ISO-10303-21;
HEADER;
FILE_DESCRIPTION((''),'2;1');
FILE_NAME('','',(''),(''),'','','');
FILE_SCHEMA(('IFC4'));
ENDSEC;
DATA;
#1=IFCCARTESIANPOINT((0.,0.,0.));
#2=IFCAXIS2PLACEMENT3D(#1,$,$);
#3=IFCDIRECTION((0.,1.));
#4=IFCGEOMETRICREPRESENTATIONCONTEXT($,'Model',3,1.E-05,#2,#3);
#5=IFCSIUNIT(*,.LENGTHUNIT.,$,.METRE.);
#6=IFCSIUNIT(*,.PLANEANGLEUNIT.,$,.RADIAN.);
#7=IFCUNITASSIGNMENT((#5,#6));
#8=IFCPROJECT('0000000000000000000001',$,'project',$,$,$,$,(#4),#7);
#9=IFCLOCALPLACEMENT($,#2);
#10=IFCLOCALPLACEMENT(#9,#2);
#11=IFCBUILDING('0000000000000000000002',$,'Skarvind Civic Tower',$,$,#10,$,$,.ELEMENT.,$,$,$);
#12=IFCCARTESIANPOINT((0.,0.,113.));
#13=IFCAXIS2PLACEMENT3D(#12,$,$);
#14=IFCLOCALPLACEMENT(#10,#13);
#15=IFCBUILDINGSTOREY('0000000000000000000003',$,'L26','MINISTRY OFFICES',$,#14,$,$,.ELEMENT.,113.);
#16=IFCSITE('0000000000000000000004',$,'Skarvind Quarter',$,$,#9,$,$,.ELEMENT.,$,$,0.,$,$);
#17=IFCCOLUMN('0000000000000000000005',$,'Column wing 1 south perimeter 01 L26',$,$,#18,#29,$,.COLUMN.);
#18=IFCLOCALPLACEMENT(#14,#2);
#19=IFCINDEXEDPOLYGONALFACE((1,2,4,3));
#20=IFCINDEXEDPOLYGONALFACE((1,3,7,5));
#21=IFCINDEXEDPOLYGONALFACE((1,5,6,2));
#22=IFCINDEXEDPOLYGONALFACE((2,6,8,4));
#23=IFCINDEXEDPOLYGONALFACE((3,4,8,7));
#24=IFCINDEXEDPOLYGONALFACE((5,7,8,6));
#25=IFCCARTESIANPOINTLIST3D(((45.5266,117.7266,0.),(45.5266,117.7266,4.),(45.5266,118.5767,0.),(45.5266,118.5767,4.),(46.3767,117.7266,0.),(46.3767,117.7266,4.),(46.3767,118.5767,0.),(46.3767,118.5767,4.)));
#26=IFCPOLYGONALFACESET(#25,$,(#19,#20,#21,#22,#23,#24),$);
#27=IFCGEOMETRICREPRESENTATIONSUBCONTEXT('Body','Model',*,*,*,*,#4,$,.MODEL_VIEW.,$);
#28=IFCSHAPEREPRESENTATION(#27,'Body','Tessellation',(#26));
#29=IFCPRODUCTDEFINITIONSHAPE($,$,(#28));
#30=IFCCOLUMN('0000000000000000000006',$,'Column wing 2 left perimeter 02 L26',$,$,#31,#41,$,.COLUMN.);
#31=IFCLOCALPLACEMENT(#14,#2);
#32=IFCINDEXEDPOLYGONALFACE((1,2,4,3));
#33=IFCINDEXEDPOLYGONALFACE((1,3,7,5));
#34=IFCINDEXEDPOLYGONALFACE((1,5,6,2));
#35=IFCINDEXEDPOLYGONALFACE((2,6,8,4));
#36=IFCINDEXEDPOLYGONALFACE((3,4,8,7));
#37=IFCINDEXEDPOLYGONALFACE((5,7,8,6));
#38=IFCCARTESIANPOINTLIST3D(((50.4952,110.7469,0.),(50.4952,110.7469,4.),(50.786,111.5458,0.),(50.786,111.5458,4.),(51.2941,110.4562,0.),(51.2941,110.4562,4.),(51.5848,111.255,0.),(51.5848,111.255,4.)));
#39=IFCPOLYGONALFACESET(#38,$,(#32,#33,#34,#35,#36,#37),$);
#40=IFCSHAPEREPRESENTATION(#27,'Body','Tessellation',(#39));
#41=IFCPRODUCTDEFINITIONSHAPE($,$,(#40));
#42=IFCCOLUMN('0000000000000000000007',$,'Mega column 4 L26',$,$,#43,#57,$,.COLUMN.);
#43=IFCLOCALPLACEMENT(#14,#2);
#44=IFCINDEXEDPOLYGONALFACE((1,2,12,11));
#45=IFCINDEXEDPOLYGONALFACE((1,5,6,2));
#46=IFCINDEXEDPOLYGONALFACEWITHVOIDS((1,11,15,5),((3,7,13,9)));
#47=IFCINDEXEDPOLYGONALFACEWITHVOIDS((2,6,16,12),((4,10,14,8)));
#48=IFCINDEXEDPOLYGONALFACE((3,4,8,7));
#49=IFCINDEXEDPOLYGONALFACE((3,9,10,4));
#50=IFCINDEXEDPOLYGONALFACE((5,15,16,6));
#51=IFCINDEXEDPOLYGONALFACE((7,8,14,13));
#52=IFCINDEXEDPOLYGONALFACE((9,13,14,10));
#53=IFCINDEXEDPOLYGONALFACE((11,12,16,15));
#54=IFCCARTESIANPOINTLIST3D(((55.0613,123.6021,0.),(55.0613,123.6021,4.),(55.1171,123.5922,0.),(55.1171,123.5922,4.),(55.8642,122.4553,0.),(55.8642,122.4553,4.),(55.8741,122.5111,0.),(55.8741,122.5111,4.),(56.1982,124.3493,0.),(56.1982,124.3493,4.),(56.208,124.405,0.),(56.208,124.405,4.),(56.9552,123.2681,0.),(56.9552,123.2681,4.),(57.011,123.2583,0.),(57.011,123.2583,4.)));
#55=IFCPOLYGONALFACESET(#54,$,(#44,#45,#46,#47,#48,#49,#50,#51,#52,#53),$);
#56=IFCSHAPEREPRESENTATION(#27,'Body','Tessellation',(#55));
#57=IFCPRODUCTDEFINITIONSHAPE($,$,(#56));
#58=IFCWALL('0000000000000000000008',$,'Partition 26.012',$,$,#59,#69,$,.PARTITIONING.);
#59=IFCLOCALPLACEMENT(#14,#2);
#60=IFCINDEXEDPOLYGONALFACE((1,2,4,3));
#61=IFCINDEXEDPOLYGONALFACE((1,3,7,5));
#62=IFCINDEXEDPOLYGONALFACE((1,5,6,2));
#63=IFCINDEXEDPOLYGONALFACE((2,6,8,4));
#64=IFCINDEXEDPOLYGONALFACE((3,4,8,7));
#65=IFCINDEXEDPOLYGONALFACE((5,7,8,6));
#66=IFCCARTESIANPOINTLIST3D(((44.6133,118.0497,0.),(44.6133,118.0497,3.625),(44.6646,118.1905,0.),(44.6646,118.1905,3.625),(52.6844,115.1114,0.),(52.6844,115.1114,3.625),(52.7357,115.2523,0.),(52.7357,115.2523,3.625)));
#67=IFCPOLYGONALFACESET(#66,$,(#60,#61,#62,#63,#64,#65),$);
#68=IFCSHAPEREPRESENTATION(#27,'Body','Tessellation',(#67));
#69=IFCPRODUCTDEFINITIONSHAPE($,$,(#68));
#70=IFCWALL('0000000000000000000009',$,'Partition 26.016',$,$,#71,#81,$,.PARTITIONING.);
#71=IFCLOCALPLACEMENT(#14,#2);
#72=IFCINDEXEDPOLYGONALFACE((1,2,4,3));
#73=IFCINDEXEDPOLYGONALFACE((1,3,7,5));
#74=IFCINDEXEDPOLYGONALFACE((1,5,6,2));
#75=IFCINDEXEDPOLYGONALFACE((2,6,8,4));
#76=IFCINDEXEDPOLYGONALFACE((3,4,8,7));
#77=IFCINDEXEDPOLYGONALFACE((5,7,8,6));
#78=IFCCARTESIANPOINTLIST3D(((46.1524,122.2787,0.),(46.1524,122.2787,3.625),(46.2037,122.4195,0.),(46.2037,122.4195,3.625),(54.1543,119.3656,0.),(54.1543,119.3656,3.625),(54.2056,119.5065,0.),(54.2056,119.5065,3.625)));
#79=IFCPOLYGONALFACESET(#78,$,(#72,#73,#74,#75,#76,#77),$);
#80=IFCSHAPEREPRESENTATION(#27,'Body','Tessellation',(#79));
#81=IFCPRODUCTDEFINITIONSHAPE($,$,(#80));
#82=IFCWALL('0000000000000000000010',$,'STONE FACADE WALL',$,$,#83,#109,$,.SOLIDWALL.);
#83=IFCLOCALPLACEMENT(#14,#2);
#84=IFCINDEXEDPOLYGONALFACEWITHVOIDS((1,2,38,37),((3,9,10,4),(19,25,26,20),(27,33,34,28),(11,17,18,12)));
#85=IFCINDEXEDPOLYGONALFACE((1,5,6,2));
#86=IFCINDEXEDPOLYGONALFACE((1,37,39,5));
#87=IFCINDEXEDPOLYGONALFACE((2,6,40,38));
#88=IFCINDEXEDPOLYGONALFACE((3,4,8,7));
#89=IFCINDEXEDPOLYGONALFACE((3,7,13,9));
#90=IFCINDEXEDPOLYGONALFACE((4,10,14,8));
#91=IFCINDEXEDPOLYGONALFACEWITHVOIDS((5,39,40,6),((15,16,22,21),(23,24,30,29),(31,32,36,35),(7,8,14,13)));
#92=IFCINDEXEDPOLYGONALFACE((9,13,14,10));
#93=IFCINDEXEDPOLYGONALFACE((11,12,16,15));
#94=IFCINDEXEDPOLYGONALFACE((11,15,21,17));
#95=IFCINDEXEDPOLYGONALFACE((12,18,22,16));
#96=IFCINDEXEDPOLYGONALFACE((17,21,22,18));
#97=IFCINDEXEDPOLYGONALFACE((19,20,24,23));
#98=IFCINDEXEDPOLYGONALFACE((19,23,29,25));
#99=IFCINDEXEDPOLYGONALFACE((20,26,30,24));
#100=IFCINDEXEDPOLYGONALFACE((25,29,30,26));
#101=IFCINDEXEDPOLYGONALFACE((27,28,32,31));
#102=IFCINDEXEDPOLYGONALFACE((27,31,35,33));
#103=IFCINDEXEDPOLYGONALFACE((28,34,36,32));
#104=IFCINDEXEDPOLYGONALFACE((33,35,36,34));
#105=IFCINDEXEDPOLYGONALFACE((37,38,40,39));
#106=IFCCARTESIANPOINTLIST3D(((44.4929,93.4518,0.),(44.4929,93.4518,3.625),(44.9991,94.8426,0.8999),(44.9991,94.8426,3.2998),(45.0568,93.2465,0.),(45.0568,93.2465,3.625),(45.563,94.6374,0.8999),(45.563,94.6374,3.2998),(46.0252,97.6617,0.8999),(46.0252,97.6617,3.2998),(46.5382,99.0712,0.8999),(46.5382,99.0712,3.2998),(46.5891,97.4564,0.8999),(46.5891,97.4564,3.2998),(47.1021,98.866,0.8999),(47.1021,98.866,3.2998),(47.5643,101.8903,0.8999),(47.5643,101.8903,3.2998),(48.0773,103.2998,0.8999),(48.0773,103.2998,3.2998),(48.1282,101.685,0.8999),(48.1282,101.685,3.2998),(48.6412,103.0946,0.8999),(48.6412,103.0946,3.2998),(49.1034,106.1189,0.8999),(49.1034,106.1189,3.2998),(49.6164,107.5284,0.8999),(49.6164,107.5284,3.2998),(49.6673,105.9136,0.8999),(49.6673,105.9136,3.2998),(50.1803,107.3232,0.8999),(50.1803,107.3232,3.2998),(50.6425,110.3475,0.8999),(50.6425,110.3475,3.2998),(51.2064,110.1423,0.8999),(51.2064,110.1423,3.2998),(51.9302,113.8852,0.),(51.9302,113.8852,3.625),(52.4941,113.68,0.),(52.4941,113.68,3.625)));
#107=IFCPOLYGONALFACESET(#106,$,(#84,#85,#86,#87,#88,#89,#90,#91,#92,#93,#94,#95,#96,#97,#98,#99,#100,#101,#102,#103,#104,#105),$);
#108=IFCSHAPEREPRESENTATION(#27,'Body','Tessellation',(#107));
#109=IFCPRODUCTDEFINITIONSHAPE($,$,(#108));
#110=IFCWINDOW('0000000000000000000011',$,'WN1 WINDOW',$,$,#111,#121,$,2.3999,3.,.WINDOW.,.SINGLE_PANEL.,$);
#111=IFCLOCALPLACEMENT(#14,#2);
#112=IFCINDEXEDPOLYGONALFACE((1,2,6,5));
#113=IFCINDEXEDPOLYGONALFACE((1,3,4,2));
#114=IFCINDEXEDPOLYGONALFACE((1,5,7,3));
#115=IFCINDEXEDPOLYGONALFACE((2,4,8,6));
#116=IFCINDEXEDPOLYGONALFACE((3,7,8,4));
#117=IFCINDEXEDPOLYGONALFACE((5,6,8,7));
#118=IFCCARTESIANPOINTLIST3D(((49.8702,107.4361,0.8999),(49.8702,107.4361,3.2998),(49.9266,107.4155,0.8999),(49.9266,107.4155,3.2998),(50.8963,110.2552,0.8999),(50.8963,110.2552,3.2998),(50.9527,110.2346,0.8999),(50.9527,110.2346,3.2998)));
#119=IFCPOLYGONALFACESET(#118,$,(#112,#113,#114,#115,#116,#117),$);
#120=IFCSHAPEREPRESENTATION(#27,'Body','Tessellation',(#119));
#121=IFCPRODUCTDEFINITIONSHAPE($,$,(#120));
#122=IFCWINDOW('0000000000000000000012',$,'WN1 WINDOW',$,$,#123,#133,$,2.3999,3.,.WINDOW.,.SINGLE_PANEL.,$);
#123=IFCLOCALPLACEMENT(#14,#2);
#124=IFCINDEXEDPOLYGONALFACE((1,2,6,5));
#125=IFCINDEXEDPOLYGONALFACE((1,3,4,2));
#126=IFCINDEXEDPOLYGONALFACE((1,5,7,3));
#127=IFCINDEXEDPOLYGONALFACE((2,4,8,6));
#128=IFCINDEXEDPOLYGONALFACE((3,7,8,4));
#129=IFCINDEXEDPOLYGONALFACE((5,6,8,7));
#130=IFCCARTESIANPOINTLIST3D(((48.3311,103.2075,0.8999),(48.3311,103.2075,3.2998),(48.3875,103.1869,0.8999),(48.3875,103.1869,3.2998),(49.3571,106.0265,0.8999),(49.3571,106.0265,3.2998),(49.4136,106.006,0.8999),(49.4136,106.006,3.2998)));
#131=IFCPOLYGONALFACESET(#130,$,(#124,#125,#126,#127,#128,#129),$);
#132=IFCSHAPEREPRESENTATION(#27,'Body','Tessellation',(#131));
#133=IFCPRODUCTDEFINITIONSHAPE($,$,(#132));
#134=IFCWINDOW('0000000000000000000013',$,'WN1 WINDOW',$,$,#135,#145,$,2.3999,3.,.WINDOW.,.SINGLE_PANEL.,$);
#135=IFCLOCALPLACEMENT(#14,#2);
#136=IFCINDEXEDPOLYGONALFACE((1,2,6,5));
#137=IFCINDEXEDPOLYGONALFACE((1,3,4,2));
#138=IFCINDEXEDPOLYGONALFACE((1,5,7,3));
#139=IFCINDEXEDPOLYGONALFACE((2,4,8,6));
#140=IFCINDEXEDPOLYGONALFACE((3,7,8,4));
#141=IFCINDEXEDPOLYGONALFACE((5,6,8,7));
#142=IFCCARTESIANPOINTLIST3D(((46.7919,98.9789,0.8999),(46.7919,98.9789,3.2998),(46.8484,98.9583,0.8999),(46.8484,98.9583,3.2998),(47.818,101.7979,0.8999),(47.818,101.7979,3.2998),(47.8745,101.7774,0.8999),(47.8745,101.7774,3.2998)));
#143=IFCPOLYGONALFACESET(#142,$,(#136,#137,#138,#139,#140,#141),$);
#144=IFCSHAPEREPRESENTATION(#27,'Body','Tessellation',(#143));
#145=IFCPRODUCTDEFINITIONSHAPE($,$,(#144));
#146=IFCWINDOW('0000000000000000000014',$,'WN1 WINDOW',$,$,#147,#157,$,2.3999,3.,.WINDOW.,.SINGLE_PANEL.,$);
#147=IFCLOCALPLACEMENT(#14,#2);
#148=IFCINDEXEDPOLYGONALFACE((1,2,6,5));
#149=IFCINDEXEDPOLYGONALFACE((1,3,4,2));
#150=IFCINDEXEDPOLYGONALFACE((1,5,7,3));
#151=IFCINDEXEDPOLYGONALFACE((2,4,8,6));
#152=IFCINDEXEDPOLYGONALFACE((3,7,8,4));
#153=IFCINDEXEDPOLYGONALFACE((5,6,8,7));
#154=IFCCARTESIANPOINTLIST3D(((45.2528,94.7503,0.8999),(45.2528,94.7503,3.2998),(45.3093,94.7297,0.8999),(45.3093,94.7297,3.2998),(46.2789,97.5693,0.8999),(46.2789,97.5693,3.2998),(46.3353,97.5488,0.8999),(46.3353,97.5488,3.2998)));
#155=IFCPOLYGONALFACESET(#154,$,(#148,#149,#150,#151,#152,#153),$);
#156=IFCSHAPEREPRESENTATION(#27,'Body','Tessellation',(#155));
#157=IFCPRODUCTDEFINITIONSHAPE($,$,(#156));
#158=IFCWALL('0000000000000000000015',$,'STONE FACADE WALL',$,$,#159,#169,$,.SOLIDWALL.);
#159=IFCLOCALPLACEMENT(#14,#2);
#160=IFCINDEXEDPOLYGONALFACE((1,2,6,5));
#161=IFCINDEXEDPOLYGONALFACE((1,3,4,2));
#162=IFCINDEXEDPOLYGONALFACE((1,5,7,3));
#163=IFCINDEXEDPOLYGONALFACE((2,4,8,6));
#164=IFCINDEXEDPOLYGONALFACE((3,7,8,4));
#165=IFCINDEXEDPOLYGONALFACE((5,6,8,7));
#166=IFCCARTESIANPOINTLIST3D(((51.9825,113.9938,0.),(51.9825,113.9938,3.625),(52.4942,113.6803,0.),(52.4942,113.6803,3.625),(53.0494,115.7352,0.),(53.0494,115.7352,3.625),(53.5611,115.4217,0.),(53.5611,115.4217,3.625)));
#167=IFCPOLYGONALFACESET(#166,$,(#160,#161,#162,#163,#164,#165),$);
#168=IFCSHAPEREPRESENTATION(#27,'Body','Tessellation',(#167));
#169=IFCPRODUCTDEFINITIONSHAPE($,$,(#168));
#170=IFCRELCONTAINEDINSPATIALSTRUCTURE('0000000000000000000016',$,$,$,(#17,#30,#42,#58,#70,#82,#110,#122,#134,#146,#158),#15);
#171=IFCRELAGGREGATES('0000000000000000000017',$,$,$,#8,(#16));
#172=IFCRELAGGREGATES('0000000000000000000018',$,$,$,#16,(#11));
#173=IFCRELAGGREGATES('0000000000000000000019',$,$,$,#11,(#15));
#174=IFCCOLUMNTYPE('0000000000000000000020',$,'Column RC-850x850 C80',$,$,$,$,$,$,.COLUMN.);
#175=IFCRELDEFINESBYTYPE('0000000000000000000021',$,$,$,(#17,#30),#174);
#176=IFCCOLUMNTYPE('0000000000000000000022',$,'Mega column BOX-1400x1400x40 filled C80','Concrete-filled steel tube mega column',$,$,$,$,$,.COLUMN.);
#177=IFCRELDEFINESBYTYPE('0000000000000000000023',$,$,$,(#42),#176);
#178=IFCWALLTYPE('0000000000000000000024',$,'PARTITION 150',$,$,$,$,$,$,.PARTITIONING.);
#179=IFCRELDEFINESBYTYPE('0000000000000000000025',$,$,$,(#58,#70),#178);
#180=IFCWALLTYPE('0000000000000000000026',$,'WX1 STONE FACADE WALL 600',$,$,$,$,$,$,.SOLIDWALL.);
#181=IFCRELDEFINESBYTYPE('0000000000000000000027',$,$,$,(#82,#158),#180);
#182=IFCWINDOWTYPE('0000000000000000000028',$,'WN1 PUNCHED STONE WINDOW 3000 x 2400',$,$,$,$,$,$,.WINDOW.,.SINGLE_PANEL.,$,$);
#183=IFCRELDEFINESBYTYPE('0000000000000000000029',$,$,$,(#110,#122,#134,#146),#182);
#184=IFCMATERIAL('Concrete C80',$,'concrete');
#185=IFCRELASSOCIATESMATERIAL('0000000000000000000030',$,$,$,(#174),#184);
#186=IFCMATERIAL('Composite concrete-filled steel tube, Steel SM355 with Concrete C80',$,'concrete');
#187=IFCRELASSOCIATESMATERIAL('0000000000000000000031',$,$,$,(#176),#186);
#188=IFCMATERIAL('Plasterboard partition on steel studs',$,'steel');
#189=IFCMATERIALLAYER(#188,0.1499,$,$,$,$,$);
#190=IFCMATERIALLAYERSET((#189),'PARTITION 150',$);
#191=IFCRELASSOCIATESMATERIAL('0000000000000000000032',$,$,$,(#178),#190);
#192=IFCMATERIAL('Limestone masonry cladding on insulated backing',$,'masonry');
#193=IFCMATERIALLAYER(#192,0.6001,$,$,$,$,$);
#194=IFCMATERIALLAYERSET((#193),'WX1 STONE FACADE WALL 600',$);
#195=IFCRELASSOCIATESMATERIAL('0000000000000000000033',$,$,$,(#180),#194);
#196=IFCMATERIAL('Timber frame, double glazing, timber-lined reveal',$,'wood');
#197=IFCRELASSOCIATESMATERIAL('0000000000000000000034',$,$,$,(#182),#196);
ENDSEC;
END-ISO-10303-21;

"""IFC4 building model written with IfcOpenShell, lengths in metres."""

from ifc_helpers import new_model, si_unit, direction, frame, frame_2d, origin, origin_2d, place, context, subcontext, project, spatial, rectangle, hollow_rectangle, extrude, material, layer, layer_set, material_profile, profile_set, type_object, element, fill, save


model = new_model("IFC4")

# Units and contexts
model_context = context("Model", 3, precision=1e-05, world=origin(), true_north=direction((0.0, 1.0)))
body_context = subcontext(model_context, "Body", "Model", "MODEL_VIEW")
ifc_project = project(units=[si_unit("LENGTHUNIT", "METRE"), si_unit("PLANEANGLEUNIT", "RADIAN")], contexts=[model_context])

# Site, building, storey
site_placement = place(None, origin())
site = spatial("IfcSite", under=ifc_project, at=site_placement, Name="Skarvind Quarter", CompositionType="ELEMENT", RefElevation=0.0)
building_placement = place(site_placement, origin())
building = spatial("IfcBuilding", under=site, at=building_placement, Name="Skarvind Civic Tower", CompositionType="ELEMENT")
storey_placement = place(building_placement, frame((0.0, 0.0, 113.0)))
storey = spatial("IfcBuildingStorey", under=building, at=storey_placement, Name="L26", Description="MINISTRY OFFICES", CompositionType="ELEMENT", Elevation=113.0)

# Columns
ifc_material_1 = material(Name="Concrete C80", Category="concrete")
ifc_material_profile_1 = material_profile(ifc_material_1, rectangle(XDim=0.8501, YDim=0.8501, at=origin_2d()), Name="RC-850x850")
ifc_profile_set_1 = profile_set([ifc_material_profile_1], Name="Concrete C80")
column_type_1 = type_object("IfcColumnType", Name="Column RC-850x850 C80", PredefinedType="COLUMN", material=ifc_profile_set_1)
for number, where, z_axis, x_axis, name in (
    (1, (45.9517, 118.1516, 0.0), (0.0, 0.0, 1.0), (1.0, 0.0, 0.0), "Column wing 1 south perimeter 01 L26"),
    (2, (51.04, 111.001, 0.0), (0.0, 0.0, 1.0), (-0.34202, -0.939693, 0.0), "Column wing 2 left perimeter 02 L26"),
):
    element("IfcColumn", number, at=place(storey_placement, frame(where, z_axis=z_axis, x_axis=x_axis)), inside=storey, type_object=column_type_1, Name=name, PredefinedType="COLUMN", context=body_context, shape_type="SweptSolid", body=[
        extrude(rectangle(XDim=0.8501, YDim=0.8501, at=origin_2d()), origin(), (0.0, 0.0, 1.0), 4.0),
    ])
ifc_material_2 = material(Name="Composite concrete-filled steel tube, Steel SM355 with Concrete C80", Category="concrete")
ifc_material_profile_2 = material_profile(ifc_material_2, hollow_rectangle(XDim=1.3999, YDim=1.3999, WallThickness=0.04, at=origin_2d()), Name="BOX-1400x1400x40")
ifc_profile_set_2 = profile_set([ifc_material_profile_2], Name="Composite concrete-filled steel tube, Steel SM355 with Concrete C80")
column_type_2 = type_object("IfcColumnType", Name="Mega column BOX-1400x1400x40 filled C80", Description="Concrete-filled steel tube mega column", PredefinedType="COLUMN", material=ifc_profile_set_2)
column_placement = place(storey_placement, frame((56.0361, 123.4302, 0.0), z_axis=(0.0, 0.0, 1.0), x_axis=(0.573576, -0.819152, 0.0)))
element("IfcColumn", 3, at=column_placement, inside=storey, type_object=column_type_2, Name="Mega column 4 L26", PredefinedType="COLUMN", context=body_context, shape_type="SweptSolid", body=[
    extrude(hollow_rectangle(XDim=1.3999, YDim=1.3999, WallThickness=0.04, at=origin_2d()), origin(), (0.0, 0.0, 1.0), 4.0),
])

# Walls
ifc_material_3 = material(Name="Plasterboard partition on steel studs", Category="steel")
ifc_layer_1 = layer(ifc_material_3, 0.1499)
ifc_layer_set_1 = layer_set([ifc_layer_1], Name="PARTITION 150")
wall_type_1 = type_object("IfcWallType", Name="PARTITION 150", PredefinedType="PARTITIONING", material=ifc_layer_set_1)
wall_1_placement = place(storey_placement, frame((44.6389, 118.1201, 0.0), z_axis=(0.0, 0.0, 1.0), x_axis=(0.93967, -0.342083, 0.0)))
element("IfcWall", 4, at=wall_1_placement, inside=storey, type_object=wall_type_1, Name="Partition 26.012", PredefinedType="PARTITIONING", context=body_context, shape_type="SweptSolid", body=[
    extrude(rectangle(XDim=8.5894, YDim=0.1499, at=frame_2d((4.2947, 0.0))), origin(), (0.0, 0.0, 1.0), 3.625),
])
wall_2_placement = place(storey_placement, frame((54.1799, 119.436, 0.0), z_axis=(0.0, 0.0, 1.0), x_axis=(-0.939669, 0.342084, 0.0)))
element("IfcWall", 5, at=wall_2_placement, inside=storey, type_object=wall_type_1, Name="Partition 26.016", PredefinedType="PARTITIONING", context=body_context, shape_type="SweptSolid", body=[
    extrude(rectangle(XDim=8.5156, YDim=0.1499, at=frame_2d((4.2578, 0.0))), origin(), (0.0, 0.0, 1.0), 3.625),
])

# Wall, openings, windows
ifc_material_4 = material(Name="Limestone masonry cladding on insulated backing", Category="masonry")
ifc_layer_2 = layer(ifc_material_4, 0.6001)
ifc_layer_set_2 = layer_set([ifc_layer_2], Name="WX1 STONE FACADE WALL 600")
wall_type_2 = type_object("IfcWallType", Name="WX1 STONE FACADE WALL 600", PredefinedType="SOLIDWALL", material=ifc_layer_set_2)
wall_3_placement = place(storey_placement, frame((52.2122, 113.7827, 0.0), z_axis=(0.0, 0.0, 1.0), x_axis=(-0.342025, -0.939691, 0.0)))
wall_3 = element("IfcWall", 6, at=wall_3_placement, inside=storey, type_object=wall_type_2, Name="STONE FACADE WALL", PredefinedType="SOLIDWALL", context=body_context, shape_type="SweptSolid", body=[
    extrude(rectangle(XDim=21.7449, YDim=0.6001, at=frame_2d((10.8726, 0.0))), origin(), (0.0, 0.0, 1.0), 3.625),
])
opening_1_placement = place(wall_3_placement, frame((3.7649, 0.0, 0.8999)))
opening_1 = element("IfcOpeningElement", 7, at=opening_1_placement, cuts=wall_3, PredefinedType="OPENING", context=body_context, shape_type="SweptSolid", body=[
    extrude(rectangle(XDim=3.0, YDim=2.3999, at=frame_2d((1.5, 1.2))), frame((0.0, 0.3101, 0.0), z_axis=(0.0, -1.0, 0.0), x_axis=(1.0, 0.0, 0.0)), (0.0, 0.0, 1.0), 0.6201),
])
opening_2_placement = place(wall_3_placement, frame((8.2649, 0.0, 0.8999)))
opening_2 = element("IfcOpeningElement", 8, at=opening_2_placement, cuts=wall_3, PredefinedType="OPENING", context=body_context, shape_type="SweptSolid", body=[
    extrude(rectangle(XDim=3.0, YDim=2.3999, at=frame_2d((1.5, 1.2))), frame((0.0, 0.3101, 0.0), z_axis=(0.0, -1.0, 0.0), x_axis=(1.0, 0.0, 0.0)), (0.0, 0.0, 1.0), 0.6201),
])
opening_3_placement = place(wall_3_placement, frame((12.7649, 0.0, 0.8999)))
opening_3 = element("IfcOpeningElement", 9, at=opening_3_placement, cuts=wall_3, PredefinedType="OPENING", context=body_context, shape_type="SweptSolid", body=[
    extrude(rectangle(XDim=3.0, YDim=2.3999, at=frame_2d((1.5, 1.2))), frame((0.0, 0.3101, 0.0), z_axis=(0.0, -1.0, 0.0), x_axis=(1.0, 0.0, 0.0)), (0.0, 0.0, 1.0), 0.6201),
])
opening_4_placement = place(wall_3_placement, frame((17.2649, 0.0, 0.8999)))
opening_4 = element("IfcOpeningElement", 10, at=opening_4_placement, cuts=wall_3, PredefinedType="OPENING", context=body_context, shape_type="SweptSolid", body=[
    extrude(rectangle(XDim=3.0, YDim=2.3999, at=frame_2d((1.5, 1.2))), frame((0.0, 0.3101, 0.0), z_axis=(0.0, -1.0, 0.0), x_axis=(1.0, 0.0, 0.0)), (0.0, 0.0, 1.0), 0.6201),
])
ifc_material_5 = material(Name="Timber frame, double glazing, timber-lined reveal", Category="wood")
window_type = type_object("IfcWindowType", Name="WN1 PUNCHED STONE WINDOW 3000 x 2400", PartitioningType="SINGLE_PANEL", PredefinedType="WINDOW", material=ifc_material_5)
window_1_placement = place(opening_1_placement, origin())
window_1 = element("IfcWindow", 11, at=window_1_placement, inside=storey, type_object=window_type, Name="WN1 WINDOW", OverallHeight=2.3999, OverallWidth=3.0, PartitioningType="SINGLE_PANEL", PredefinedType="WINDOW", context=body_context, shape_type="SweptSolid", body=[
    extrude(rectangle(XDim=3.0, YDim=2.3999, at=frame_2d((1.5, 1.2))), frame((0.0, 0.03, 0.0), z_axis=(0.0, -1.0, 0.0), x_axis=(1.0, 0.0, 0.0)), (0.0, 0.0, 1.0), 0.0601),
])
fill(opening_1, window_1)
window_2_placement = place(opening_2_placement, origin())
window_2 = element("IfcWindow", 12, at=window_2_placement, inside=storey, type_object=window_type, Name="WN1 WINDOW", OverallHeight=2.3999, OverallWidth=3.0, PartitioningType="SINGLE_PANEL", PredefinedType="WINDOW", context=body_context, shape_type="SweptSolid", body=[
    extrude(rectangle(XDim=3.0, YDim=2.3999, at=frame_2d((1.5, 1.2))), frame((0.0, 0.03, 0.0), z_axis=(0.0, -1.0, 0.0), x_axis=(1.0, 0.0, 0.0)), (0.0, 0.0, 1.0), 0.0601),
])
fill(opening_2, window_2)
window_3_placement = place(opening_3_placement, origin())
window_3 = element("IfcWindow", 13, at=window_3_placement, inside=storey, type_object=window_type, Name="WN1 WINDOW", OverallHeight=2.3999, OverallWidth=3.0, PartitioningType="SINGLE_PANEL", PredefinedType="WINDOW", context=body_context, shape_type="SweptSolid", body=[
    extrude(rectangle(XDim=3.0, YDim=2.3999, at=frame_2d((1.5, 1.2))), frame((0.0, 0.03, 0.0), z_axis=(0.0, -1.0, 0.0), x_axis=(1.0, 0.0, 0.0)), (0.0, 0.0, 1.0), 0.0601),
])
fill(opening_3, window_3)
window_4_placement = place(opening_4_placement, origin())
window_4 = element("IfcWindow", 14, at=window_4_placement, inside=storey, type_object=window_type, Name="WN1 WINDOW", OverallHeight=2.3999, OverallWidth=3.0, PartitioningType="SINGLE_PANEL", PredefinedType="WINDOW", context=body_context, shape_type="SweptSolid", body=[
    extrude(rectangle(XDim=3.0, YDim=2.3999, at=frame_2d((1.5, 1.2))), frame((0.0, 0.03, 0.0), z_axis=(0.0, -1.0, 0.0), x_axis=(1.0, 0.0, 0.0)), (0.0, 0.0, 1.0), 0.0601),
])
fill(opening_4, window_4)

# Wall
wall_4_placement = place(storey_placement, frame((53.3052, 115.5784, 0.0), z_axis=(0.0, 0.0, 1.0), x_axis=(-0.522402, -0.852699, 0.0)))
element("IfcWall", 15, at=wall_4_placement, inside=storey, type_object=wall_type_2, Name="STONE FACADE WALL", PredefinedType="SOLIDWALL", context=body_context, shape_type="SweptSolid", body=[
    extrude(rectangle(XDim=2.0422, YDim=0.6001, at=frame_2d((1.021, 0.0))), origin(), (0.0, 0.0, 1.0), 3.625),
])

save(model, "model.ifc")
